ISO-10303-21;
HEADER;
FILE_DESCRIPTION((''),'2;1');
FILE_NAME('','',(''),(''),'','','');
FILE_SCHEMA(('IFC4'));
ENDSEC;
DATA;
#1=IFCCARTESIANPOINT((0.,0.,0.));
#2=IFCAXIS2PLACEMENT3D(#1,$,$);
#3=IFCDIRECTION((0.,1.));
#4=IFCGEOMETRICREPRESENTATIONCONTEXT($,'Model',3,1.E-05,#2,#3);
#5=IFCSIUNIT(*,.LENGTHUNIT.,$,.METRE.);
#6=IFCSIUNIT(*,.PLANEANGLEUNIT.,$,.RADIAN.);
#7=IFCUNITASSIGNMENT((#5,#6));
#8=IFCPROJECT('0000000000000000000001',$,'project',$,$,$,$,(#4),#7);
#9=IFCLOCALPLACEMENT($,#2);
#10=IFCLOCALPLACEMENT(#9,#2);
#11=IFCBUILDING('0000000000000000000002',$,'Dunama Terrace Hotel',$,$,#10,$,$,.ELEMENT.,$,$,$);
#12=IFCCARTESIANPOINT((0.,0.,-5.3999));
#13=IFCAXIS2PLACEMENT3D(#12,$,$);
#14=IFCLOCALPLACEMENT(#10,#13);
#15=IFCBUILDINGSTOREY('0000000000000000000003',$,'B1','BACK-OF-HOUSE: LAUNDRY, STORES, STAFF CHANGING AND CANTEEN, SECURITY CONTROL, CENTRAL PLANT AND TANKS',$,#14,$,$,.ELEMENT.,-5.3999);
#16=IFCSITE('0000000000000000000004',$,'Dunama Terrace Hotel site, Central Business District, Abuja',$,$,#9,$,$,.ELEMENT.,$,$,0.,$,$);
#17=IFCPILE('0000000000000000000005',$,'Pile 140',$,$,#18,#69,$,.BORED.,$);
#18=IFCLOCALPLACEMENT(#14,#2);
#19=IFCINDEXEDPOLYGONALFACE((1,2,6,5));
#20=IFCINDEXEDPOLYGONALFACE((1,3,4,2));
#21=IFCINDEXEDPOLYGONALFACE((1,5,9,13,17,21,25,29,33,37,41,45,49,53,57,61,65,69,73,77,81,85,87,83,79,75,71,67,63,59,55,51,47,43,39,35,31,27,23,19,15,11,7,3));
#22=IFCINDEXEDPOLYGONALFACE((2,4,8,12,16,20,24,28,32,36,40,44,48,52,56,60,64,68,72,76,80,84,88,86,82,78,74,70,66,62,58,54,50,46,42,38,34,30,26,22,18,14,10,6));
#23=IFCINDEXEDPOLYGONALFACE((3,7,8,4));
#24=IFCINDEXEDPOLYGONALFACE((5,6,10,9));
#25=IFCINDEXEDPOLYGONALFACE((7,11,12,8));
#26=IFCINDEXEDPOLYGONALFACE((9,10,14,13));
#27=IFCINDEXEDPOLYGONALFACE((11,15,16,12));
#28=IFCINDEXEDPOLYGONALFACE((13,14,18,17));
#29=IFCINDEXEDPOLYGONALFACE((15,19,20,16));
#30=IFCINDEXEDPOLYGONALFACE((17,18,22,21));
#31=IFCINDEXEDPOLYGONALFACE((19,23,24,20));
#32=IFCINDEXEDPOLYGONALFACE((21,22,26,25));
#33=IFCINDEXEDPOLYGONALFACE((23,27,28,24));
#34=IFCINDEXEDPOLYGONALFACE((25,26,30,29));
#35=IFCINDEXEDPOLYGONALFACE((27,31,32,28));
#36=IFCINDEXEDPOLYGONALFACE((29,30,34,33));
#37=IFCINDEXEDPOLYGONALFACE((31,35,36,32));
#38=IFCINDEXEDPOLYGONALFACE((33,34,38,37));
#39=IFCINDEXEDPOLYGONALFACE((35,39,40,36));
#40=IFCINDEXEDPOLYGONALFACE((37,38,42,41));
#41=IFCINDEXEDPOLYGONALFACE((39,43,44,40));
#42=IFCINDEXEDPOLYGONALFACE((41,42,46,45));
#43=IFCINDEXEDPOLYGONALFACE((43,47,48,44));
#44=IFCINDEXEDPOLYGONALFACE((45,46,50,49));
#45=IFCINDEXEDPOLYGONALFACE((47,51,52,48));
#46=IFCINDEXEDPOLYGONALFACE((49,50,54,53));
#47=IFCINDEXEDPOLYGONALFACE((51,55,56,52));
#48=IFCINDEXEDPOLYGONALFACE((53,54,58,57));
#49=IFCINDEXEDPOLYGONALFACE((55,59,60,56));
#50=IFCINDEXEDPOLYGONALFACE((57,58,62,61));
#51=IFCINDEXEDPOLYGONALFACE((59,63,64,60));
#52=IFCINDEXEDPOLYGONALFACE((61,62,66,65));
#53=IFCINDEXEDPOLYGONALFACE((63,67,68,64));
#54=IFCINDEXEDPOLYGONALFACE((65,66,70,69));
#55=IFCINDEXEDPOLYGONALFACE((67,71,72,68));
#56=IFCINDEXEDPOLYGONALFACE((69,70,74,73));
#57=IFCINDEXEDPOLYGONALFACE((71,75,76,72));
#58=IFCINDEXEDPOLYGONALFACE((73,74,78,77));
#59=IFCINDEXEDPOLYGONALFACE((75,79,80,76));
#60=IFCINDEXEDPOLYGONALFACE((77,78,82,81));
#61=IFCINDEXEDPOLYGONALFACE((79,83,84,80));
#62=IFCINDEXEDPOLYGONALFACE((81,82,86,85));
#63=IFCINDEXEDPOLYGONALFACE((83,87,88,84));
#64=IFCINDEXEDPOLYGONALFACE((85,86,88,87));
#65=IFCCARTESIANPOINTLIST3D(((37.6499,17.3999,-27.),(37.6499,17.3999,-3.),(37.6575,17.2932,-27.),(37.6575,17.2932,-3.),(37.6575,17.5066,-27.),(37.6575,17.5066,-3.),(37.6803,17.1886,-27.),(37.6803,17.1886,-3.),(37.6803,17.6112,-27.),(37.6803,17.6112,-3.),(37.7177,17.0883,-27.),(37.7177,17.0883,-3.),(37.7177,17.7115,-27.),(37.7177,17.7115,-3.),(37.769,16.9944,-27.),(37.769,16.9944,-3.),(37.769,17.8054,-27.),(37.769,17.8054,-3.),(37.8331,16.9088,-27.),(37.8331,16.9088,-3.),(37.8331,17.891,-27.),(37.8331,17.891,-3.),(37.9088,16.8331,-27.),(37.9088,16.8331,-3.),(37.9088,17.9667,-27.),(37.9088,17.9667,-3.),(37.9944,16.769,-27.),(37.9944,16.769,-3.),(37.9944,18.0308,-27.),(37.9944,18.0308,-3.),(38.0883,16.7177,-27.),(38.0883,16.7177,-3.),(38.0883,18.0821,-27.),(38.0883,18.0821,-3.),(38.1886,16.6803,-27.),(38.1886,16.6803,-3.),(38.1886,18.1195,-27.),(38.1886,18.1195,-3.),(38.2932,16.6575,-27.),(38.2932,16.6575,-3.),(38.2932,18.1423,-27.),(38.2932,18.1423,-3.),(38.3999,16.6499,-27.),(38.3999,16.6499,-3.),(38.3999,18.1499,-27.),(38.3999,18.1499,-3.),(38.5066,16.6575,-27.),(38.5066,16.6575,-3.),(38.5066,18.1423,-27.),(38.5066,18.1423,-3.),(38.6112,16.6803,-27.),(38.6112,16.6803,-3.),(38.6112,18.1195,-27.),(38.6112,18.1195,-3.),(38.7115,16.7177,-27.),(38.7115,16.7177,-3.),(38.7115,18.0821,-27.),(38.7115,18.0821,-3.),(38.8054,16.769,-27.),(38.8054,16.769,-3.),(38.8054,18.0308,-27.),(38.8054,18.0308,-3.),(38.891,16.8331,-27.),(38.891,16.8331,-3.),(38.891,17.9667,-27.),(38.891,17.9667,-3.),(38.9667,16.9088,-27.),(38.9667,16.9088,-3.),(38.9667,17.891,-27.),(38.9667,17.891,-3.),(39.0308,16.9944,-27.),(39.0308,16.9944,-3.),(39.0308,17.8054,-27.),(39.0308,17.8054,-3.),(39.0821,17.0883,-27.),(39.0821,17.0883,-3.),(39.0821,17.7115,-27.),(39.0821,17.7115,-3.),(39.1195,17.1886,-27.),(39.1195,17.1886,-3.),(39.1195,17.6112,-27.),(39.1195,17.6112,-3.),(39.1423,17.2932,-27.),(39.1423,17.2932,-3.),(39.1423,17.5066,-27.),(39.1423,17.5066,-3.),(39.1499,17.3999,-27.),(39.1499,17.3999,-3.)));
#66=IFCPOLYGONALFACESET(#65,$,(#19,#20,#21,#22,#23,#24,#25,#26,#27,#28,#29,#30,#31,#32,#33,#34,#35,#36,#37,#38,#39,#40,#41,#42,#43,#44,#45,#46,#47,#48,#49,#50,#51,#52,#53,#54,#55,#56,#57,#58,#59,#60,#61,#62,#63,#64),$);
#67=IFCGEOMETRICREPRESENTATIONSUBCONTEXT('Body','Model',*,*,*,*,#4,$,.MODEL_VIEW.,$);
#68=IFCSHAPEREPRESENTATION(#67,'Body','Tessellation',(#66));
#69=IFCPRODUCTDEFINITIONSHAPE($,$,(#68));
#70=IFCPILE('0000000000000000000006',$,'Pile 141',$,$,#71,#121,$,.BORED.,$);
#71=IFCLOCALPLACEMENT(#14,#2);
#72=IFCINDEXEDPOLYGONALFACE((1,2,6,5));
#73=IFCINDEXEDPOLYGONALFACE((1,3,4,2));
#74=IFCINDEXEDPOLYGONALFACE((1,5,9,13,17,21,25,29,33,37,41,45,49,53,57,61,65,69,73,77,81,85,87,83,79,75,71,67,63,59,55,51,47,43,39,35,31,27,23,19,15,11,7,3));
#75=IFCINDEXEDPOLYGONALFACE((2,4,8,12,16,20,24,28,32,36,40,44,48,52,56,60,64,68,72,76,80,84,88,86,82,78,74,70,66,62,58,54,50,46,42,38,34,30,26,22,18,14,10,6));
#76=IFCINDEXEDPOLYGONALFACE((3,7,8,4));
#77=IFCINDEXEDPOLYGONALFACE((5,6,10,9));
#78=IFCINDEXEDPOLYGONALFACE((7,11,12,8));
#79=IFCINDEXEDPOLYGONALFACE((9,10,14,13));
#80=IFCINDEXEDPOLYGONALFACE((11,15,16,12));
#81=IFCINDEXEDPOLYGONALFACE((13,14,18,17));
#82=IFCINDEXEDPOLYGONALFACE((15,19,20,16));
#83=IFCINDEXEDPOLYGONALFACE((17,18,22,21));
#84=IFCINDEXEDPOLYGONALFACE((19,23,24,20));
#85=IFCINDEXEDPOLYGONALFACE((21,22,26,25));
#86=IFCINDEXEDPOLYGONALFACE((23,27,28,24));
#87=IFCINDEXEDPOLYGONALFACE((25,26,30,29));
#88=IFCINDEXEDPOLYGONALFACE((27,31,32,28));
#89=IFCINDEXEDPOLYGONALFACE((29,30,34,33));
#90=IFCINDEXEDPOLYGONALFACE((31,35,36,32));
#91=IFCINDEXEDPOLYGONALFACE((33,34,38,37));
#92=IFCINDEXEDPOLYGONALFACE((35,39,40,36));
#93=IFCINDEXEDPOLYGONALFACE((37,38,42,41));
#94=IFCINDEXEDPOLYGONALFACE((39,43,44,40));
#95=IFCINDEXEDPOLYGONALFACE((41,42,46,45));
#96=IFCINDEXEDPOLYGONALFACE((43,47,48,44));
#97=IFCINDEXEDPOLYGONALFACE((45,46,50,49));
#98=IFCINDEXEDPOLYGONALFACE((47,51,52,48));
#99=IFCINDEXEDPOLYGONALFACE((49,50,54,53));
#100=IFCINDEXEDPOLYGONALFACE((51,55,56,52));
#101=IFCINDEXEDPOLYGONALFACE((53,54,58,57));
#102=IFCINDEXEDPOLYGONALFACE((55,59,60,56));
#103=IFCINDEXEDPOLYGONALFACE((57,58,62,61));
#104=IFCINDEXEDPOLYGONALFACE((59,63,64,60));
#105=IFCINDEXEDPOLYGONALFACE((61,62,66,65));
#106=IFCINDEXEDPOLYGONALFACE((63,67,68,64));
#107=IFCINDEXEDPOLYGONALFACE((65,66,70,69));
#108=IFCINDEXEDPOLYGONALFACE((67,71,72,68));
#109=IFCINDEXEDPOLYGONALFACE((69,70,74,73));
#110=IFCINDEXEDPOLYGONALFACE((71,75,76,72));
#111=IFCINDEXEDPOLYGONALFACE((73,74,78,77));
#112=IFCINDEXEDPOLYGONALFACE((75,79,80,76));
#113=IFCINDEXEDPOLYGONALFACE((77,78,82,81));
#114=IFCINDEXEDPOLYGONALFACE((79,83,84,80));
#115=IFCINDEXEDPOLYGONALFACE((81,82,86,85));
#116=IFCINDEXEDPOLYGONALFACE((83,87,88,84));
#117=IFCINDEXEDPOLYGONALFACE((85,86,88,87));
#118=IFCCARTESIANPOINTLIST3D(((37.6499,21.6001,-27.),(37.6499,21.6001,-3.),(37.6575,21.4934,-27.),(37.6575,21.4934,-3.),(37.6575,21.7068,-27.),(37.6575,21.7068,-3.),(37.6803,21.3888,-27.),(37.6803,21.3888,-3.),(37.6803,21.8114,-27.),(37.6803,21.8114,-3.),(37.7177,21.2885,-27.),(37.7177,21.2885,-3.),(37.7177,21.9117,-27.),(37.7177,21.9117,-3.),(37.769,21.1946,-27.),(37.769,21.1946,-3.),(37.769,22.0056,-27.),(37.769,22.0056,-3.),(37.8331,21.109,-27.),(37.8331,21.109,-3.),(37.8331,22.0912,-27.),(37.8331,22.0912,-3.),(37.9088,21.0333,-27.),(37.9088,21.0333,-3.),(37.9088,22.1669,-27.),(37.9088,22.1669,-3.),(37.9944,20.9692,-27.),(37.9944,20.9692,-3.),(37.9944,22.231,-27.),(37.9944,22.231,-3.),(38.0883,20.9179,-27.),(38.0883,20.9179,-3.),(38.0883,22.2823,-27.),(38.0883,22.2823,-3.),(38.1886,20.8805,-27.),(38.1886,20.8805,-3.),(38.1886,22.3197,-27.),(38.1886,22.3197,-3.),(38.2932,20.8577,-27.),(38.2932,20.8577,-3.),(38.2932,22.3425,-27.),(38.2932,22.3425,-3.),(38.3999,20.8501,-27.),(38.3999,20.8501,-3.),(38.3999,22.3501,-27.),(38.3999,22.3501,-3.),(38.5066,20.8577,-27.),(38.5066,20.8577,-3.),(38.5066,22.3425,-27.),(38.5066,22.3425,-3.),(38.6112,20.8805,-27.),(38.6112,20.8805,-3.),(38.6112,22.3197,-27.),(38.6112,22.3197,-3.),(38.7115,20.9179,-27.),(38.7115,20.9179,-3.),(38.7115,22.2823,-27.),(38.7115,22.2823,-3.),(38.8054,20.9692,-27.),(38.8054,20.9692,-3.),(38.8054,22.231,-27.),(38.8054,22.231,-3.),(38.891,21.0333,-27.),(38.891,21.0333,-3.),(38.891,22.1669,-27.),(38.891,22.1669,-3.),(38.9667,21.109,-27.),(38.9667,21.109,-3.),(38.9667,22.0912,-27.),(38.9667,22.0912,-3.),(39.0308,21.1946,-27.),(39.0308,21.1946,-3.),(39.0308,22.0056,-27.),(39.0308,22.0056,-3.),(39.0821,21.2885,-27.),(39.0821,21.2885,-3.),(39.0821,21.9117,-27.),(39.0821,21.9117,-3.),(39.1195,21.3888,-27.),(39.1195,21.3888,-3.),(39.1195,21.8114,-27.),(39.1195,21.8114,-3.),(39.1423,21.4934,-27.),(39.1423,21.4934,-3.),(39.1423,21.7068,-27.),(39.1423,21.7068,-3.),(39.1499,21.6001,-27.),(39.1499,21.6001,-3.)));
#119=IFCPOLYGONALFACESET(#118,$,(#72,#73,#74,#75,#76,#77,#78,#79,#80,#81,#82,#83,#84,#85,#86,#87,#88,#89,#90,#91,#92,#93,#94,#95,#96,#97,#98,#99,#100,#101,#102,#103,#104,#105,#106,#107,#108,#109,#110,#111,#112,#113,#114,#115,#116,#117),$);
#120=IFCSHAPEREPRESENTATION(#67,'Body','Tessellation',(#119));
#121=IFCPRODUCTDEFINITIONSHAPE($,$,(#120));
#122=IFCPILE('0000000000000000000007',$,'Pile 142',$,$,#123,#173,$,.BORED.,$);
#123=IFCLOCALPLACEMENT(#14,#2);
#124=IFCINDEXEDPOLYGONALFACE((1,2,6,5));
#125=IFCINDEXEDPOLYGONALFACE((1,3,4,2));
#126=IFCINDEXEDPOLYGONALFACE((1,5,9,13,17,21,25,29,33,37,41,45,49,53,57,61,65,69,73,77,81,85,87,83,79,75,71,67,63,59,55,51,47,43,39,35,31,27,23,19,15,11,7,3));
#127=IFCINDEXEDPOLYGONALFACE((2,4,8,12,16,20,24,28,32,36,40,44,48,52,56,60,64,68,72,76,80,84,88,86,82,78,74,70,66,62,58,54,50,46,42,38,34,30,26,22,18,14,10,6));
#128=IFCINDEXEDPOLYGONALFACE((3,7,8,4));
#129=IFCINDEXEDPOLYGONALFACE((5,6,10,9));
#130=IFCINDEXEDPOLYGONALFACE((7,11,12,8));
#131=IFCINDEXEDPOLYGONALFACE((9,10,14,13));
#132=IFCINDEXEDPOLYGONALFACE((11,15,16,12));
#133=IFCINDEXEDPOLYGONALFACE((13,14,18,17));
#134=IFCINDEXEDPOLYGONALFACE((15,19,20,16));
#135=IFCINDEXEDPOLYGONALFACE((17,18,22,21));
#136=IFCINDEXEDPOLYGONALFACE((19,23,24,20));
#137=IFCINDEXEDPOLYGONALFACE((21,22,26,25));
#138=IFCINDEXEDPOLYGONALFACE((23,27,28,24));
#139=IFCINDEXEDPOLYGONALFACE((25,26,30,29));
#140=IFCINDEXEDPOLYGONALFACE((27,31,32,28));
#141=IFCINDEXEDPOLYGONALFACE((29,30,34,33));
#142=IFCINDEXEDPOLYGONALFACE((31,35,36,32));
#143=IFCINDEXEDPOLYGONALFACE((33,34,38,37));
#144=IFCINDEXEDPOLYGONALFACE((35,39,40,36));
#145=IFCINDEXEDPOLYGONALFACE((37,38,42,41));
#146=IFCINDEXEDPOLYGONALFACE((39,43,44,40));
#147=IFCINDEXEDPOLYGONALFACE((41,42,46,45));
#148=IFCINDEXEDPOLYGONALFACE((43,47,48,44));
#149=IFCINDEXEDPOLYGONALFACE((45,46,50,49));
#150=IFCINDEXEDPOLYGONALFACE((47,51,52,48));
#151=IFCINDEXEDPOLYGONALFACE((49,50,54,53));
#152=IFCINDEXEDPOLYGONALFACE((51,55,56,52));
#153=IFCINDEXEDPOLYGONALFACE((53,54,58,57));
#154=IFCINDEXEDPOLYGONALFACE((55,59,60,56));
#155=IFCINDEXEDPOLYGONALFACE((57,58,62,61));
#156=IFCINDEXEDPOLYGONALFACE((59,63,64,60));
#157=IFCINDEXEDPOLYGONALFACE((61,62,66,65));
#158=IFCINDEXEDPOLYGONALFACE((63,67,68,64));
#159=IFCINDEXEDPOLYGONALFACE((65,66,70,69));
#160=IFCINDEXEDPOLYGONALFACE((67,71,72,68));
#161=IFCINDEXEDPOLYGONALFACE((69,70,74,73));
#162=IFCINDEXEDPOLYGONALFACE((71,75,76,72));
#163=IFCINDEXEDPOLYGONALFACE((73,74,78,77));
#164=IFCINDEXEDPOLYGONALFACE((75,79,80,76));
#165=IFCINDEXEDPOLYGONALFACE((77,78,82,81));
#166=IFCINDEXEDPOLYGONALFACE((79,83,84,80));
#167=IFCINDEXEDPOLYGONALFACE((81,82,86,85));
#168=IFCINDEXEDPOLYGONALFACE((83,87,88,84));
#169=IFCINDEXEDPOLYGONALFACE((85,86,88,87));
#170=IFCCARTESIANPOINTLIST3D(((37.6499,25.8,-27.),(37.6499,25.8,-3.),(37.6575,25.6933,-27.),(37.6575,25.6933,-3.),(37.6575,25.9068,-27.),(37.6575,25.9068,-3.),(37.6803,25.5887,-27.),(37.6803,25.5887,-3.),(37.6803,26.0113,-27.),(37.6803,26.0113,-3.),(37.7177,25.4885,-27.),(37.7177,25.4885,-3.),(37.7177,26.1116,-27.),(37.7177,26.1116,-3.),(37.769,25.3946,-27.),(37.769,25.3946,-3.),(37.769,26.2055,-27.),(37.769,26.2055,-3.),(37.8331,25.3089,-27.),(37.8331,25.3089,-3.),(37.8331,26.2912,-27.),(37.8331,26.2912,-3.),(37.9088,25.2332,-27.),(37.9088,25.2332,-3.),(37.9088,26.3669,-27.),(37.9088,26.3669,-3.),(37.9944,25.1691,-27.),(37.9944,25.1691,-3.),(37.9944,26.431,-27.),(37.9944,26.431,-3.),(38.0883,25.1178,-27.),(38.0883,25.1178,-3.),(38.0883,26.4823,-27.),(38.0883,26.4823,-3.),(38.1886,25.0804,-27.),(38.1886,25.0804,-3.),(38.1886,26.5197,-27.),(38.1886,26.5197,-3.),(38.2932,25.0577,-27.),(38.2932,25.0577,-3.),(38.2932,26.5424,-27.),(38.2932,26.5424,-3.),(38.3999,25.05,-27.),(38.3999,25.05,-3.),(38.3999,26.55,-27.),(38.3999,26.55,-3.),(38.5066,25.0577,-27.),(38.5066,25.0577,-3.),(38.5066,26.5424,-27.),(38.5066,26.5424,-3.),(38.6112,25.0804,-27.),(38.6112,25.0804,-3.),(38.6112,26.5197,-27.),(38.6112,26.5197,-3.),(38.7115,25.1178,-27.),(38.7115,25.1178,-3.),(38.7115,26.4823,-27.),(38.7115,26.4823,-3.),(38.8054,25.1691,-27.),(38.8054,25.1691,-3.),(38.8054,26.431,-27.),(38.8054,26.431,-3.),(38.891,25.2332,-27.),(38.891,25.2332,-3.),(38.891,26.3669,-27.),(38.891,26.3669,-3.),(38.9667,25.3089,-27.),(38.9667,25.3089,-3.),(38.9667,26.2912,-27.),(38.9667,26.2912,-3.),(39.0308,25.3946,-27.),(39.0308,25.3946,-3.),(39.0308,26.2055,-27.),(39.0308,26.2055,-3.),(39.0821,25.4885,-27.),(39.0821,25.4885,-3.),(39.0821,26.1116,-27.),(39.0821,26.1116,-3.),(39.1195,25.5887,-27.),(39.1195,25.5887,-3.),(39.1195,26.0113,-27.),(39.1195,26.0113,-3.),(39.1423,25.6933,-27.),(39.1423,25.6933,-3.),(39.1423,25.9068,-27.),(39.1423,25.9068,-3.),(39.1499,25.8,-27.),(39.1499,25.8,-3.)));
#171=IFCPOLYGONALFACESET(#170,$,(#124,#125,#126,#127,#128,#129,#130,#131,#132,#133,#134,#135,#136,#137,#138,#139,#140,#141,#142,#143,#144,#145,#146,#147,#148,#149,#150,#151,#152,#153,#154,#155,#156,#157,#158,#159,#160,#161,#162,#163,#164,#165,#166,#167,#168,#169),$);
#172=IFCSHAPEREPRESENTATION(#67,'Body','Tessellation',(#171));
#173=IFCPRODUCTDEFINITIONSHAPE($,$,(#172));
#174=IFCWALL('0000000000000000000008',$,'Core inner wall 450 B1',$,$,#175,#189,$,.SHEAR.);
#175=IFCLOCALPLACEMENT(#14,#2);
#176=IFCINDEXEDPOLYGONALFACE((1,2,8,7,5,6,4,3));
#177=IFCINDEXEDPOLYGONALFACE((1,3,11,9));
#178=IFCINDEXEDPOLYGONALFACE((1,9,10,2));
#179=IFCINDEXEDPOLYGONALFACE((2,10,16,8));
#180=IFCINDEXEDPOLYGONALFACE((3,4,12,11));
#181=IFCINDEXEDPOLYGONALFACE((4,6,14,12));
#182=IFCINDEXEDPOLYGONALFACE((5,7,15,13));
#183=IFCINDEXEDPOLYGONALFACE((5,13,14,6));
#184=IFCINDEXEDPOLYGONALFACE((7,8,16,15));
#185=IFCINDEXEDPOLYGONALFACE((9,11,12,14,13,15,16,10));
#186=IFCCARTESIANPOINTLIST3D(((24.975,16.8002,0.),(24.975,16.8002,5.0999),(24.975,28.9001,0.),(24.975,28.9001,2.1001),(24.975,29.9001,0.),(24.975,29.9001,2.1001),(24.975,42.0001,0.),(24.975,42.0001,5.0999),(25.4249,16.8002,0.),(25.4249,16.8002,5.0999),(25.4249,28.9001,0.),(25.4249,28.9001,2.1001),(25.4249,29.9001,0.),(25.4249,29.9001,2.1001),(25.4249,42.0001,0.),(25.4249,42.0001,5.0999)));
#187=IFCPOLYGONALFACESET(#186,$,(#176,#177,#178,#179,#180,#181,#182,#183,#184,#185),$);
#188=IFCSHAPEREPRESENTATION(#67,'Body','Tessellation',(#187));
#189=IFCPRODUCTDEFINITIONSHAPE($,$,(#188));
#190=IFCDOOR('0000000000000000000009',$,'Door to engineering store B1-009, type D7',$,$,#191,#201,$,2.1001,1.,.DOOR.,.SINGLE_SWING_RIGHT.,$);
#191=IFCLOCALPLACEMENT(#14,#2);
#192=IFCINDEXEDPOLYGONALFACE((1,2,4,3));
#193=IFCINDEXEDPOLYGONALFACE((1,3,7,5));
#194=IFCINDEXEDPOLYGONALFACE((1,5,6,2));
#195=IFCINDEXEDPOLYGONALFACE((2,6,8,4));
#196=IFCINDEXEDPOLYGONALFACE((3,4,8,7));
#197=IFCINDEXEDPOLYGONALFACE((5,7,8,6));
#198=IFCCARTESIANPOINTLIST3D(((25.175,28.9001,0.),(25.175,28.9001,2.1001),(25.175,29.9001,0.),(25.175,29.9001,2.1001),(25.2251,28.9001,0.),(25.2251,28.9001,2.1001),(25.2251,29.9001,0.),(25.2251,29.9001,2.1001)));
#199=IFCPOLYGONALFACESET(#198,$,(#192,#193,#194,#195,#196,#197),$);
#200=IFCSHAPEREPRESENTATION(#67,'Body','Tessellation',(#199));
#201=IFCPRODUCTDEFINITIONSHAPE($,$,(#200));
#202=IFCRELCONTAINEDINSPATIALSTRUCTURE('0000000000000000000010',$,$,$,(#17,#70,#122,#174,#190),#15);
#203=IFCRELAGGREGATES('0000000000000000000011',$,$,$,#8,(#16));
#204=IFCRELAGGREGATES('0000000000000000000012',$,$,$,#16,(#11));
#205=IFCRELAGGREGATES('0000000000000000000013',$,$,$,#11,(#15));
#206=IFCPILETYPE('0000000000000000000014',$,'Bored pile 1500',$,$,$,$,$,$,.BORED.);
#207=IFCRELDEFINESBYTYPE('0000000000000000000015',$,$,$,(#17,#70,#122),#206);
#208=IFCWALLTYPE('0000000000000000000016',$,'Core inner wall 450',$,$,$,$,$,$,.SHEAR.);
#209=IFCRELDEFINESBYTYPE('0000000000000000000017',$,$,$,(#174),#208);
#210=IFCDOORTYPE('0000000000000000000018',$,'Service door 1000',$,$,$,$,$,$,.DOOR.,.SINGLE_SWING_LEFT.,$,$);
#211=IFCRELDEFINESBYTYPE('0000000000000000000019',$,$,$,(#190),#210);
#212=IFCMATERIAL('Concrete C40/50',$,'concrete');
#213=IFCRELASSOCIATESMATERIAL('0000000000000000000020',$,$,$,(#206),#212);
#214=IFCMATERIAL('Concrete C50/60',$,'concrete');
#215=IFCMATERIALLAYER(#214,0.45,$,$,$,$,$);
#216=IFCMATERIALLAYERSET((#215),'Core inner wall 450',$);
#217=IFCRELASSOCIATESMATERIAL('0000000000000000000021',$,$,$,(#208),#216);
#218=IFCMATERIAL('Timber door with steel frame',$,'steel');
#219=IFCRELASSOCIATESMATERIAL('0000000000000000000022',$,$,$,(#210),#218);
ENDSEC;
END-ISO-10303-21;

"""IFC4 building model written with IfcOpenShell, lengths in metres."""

from ifc_helpers import new_model, si_unit, direction, frame, frame_2d, origin, origin_2d, place, context, subcontext, project, spatial, rectangle, circle, extrude, material, layer, layer_set, material_profile, profile_set, type_object, element, fill, save


model = new_model("IFC4")

# Units and contexts
model_context = context("Model", 3, precision=1e-05, world=origin(), true_north=direction((0.0, 1.0)))
body_context = subcontext(model_context, "Body", "Model", "MODEL_VIEW")
ifc_project = project(units=[si_unit("LENGTHUNIT", "METRE"), si_unit("PLANEANGLEUNIT", "RADIAN")], contexts=[model_context])

# Site, building, storey
site_placement = place(None, origin())
site = spatial("IfcSite", under=ifc_project, at=site_placement, Name="Dunama Terrace Hotel site, Central Business District, Abuja", CompositionType="ELEMENT", RefElevation=0.0)
building_placement = place(site_placement, origin())
building = spatial("IfcBuilding", under=site, at=building_placement, Name="Dunama Terrace Hotel", CompositionType="ELEMENT")
storey_placement = place(building_placement, frame((0.0, 0.0, -5.3999)))
storey = spatial("IfcBuildingStorey", under=building, at=storey_placement, Name="B1", Description="BACK-OF-HOUSE: LAUNDRY, STORES, STAFF CHANGING AND CANTEEN, SECURITY CONTROL, CENTRAL PLANT AND TANKS", CompositionType="ELEMENT", Elevation=-5.3999)

# Piles
ifc_material_1 = material(Name="Concrete C40/50", Category="concrete")
ifc_material_profile = material_profile(ifc_material_1, circle(Radius=0.75, at=origin_2d()), Name="PILE D1500")
ifc_profile_set = profile_set([ifc_material_profile], Name="Concrete C40/50")
pile_type = type_object("IfcPileType", Name="Bored pile 1500", PredefinedType="BORED", material=ifc_profile_set)
for number, where, z_axis, x_axis, name in (
    (1, (38.3999, 17.3999, -3.0), (0.0, 0.0, -1.0), (1.0, 0.0, 0.0), "Pile 140"),
    (2, (38.3999, 21.6001, -3.0), (0.0, 0.0, -1.0), (1.0, 0.0, 0.0), "Pile 141"),
    (3, (38.3999, 25.8, -3.0), (0.0, 0.0, -1.0), (1.0, 0.0, 0.0), "Pile 142"),
):
    element("IfcPile", number, at=place(storey_placement, frame(where, z_axis=z_axis, x_axis=x_axis)), inside=storey, type_object=pile_type, Name=name, PredefinedType="BORED", context=body_context, shape_type="SweptSolid", body=[
        extrude(circle(Radius=0.75, at=origin_2d()), origin(), (0.0, 0.0, 1.0), 24.0),
    ])

# Wall, opening, door
ifc_material_2 = material(Name="Concrete C50/60", Category="concrete")
ifc_layer_1 = layer(ifc_material_2, 0.45)
ifc_layer_set_1 = layer_set([ifc_layer_1], Name="Core inner wall 450")
wall_type_1 = type_object("IfcWallType", Name="Core inner wall 450", PredefinedType="SHEAR", material=ifc_layer_set_1)
wall_1_placement = place(storey_placement, frame((25.2, 16.8, 0.0), z_axis=(0.0, 0.0, 1.0), x_axis=(0.0, 1.0, 0.0)))
wall_1 = element("IfcWall", 4, at=wall_1_placement, inside=storey, type_object=wall_type_1, Name="Core inner wall 450 B1", PredefinedType="SHEAR", context=body_context, shape_type="SweptSolid", body=[
    extrude(rectangle(XDim=25.2, YDim=0.45, at=frame_2d((12.6001, 0.0))), origin(), (0.0, 0.0, 1.0), 5.0999),
])
opening_1_placement = place(wall_1_placement, frame((12.1001, 0.0, 0.0)))
opening_1 = element("IfcOpeningElement", 5, at=opening_1_placement, cuts=wall_1, PredefinedType="OPENING", context=body_context, shape_type="SweptSolid", body=[
    extrude(rectangle(XDim=1.0, YDim=2.1001, at=frame_2d((0.5, 1.05))), frame((0.0, 0.2349, 0.0), z_axis=(0.0, -1.0, 0.0), x_axis=(1.0, 0.0, 0.0)), (0.0, 0.0, 1.0), 0.47),
])
ifc_material_3 = material(Name="Timber door with steel frame", Category="steel")
door_type_1 = type_object("IfcDoorType", Name="Service door 1000", OperationType="SINGLE_SWING_LEFT", PredefinedType="DOOR", material=ifc_material_3)
door_1_placement = place(opening_1_placement, frame((1.0, 0.0, 0.0), z_axis=(0.0, 0.0, 1.0), x_axis=(-1.0, 0.0, 0.0)))
door_1 = element("IfcDoor", 6, at=door_1_placement, inside=storey, type_object=door_type_1, Name="Door to engineering store B1-009, type D7", OperationType="SINGLE_SWING_RIGHT", OverallHeight=2.1001, OverallWidth=1.0, PredefinedType="DOOR", context=body_context, shape_type="SweptSolid", body=[
    extrude(rectangle(XDim=1.0, YDim=2.1001, at=frame_2d((0.5, 1.05))), frame((0.0, 0.0251, 0.0), z_axis=(0.0, -1.0, 0.0), x_axis=(1.0, 0.0, 0.0)), (0.0, 0.0, 1.0), 0.05),
])
fill(opening_1, door_1)

save(model, "model.ifc")
